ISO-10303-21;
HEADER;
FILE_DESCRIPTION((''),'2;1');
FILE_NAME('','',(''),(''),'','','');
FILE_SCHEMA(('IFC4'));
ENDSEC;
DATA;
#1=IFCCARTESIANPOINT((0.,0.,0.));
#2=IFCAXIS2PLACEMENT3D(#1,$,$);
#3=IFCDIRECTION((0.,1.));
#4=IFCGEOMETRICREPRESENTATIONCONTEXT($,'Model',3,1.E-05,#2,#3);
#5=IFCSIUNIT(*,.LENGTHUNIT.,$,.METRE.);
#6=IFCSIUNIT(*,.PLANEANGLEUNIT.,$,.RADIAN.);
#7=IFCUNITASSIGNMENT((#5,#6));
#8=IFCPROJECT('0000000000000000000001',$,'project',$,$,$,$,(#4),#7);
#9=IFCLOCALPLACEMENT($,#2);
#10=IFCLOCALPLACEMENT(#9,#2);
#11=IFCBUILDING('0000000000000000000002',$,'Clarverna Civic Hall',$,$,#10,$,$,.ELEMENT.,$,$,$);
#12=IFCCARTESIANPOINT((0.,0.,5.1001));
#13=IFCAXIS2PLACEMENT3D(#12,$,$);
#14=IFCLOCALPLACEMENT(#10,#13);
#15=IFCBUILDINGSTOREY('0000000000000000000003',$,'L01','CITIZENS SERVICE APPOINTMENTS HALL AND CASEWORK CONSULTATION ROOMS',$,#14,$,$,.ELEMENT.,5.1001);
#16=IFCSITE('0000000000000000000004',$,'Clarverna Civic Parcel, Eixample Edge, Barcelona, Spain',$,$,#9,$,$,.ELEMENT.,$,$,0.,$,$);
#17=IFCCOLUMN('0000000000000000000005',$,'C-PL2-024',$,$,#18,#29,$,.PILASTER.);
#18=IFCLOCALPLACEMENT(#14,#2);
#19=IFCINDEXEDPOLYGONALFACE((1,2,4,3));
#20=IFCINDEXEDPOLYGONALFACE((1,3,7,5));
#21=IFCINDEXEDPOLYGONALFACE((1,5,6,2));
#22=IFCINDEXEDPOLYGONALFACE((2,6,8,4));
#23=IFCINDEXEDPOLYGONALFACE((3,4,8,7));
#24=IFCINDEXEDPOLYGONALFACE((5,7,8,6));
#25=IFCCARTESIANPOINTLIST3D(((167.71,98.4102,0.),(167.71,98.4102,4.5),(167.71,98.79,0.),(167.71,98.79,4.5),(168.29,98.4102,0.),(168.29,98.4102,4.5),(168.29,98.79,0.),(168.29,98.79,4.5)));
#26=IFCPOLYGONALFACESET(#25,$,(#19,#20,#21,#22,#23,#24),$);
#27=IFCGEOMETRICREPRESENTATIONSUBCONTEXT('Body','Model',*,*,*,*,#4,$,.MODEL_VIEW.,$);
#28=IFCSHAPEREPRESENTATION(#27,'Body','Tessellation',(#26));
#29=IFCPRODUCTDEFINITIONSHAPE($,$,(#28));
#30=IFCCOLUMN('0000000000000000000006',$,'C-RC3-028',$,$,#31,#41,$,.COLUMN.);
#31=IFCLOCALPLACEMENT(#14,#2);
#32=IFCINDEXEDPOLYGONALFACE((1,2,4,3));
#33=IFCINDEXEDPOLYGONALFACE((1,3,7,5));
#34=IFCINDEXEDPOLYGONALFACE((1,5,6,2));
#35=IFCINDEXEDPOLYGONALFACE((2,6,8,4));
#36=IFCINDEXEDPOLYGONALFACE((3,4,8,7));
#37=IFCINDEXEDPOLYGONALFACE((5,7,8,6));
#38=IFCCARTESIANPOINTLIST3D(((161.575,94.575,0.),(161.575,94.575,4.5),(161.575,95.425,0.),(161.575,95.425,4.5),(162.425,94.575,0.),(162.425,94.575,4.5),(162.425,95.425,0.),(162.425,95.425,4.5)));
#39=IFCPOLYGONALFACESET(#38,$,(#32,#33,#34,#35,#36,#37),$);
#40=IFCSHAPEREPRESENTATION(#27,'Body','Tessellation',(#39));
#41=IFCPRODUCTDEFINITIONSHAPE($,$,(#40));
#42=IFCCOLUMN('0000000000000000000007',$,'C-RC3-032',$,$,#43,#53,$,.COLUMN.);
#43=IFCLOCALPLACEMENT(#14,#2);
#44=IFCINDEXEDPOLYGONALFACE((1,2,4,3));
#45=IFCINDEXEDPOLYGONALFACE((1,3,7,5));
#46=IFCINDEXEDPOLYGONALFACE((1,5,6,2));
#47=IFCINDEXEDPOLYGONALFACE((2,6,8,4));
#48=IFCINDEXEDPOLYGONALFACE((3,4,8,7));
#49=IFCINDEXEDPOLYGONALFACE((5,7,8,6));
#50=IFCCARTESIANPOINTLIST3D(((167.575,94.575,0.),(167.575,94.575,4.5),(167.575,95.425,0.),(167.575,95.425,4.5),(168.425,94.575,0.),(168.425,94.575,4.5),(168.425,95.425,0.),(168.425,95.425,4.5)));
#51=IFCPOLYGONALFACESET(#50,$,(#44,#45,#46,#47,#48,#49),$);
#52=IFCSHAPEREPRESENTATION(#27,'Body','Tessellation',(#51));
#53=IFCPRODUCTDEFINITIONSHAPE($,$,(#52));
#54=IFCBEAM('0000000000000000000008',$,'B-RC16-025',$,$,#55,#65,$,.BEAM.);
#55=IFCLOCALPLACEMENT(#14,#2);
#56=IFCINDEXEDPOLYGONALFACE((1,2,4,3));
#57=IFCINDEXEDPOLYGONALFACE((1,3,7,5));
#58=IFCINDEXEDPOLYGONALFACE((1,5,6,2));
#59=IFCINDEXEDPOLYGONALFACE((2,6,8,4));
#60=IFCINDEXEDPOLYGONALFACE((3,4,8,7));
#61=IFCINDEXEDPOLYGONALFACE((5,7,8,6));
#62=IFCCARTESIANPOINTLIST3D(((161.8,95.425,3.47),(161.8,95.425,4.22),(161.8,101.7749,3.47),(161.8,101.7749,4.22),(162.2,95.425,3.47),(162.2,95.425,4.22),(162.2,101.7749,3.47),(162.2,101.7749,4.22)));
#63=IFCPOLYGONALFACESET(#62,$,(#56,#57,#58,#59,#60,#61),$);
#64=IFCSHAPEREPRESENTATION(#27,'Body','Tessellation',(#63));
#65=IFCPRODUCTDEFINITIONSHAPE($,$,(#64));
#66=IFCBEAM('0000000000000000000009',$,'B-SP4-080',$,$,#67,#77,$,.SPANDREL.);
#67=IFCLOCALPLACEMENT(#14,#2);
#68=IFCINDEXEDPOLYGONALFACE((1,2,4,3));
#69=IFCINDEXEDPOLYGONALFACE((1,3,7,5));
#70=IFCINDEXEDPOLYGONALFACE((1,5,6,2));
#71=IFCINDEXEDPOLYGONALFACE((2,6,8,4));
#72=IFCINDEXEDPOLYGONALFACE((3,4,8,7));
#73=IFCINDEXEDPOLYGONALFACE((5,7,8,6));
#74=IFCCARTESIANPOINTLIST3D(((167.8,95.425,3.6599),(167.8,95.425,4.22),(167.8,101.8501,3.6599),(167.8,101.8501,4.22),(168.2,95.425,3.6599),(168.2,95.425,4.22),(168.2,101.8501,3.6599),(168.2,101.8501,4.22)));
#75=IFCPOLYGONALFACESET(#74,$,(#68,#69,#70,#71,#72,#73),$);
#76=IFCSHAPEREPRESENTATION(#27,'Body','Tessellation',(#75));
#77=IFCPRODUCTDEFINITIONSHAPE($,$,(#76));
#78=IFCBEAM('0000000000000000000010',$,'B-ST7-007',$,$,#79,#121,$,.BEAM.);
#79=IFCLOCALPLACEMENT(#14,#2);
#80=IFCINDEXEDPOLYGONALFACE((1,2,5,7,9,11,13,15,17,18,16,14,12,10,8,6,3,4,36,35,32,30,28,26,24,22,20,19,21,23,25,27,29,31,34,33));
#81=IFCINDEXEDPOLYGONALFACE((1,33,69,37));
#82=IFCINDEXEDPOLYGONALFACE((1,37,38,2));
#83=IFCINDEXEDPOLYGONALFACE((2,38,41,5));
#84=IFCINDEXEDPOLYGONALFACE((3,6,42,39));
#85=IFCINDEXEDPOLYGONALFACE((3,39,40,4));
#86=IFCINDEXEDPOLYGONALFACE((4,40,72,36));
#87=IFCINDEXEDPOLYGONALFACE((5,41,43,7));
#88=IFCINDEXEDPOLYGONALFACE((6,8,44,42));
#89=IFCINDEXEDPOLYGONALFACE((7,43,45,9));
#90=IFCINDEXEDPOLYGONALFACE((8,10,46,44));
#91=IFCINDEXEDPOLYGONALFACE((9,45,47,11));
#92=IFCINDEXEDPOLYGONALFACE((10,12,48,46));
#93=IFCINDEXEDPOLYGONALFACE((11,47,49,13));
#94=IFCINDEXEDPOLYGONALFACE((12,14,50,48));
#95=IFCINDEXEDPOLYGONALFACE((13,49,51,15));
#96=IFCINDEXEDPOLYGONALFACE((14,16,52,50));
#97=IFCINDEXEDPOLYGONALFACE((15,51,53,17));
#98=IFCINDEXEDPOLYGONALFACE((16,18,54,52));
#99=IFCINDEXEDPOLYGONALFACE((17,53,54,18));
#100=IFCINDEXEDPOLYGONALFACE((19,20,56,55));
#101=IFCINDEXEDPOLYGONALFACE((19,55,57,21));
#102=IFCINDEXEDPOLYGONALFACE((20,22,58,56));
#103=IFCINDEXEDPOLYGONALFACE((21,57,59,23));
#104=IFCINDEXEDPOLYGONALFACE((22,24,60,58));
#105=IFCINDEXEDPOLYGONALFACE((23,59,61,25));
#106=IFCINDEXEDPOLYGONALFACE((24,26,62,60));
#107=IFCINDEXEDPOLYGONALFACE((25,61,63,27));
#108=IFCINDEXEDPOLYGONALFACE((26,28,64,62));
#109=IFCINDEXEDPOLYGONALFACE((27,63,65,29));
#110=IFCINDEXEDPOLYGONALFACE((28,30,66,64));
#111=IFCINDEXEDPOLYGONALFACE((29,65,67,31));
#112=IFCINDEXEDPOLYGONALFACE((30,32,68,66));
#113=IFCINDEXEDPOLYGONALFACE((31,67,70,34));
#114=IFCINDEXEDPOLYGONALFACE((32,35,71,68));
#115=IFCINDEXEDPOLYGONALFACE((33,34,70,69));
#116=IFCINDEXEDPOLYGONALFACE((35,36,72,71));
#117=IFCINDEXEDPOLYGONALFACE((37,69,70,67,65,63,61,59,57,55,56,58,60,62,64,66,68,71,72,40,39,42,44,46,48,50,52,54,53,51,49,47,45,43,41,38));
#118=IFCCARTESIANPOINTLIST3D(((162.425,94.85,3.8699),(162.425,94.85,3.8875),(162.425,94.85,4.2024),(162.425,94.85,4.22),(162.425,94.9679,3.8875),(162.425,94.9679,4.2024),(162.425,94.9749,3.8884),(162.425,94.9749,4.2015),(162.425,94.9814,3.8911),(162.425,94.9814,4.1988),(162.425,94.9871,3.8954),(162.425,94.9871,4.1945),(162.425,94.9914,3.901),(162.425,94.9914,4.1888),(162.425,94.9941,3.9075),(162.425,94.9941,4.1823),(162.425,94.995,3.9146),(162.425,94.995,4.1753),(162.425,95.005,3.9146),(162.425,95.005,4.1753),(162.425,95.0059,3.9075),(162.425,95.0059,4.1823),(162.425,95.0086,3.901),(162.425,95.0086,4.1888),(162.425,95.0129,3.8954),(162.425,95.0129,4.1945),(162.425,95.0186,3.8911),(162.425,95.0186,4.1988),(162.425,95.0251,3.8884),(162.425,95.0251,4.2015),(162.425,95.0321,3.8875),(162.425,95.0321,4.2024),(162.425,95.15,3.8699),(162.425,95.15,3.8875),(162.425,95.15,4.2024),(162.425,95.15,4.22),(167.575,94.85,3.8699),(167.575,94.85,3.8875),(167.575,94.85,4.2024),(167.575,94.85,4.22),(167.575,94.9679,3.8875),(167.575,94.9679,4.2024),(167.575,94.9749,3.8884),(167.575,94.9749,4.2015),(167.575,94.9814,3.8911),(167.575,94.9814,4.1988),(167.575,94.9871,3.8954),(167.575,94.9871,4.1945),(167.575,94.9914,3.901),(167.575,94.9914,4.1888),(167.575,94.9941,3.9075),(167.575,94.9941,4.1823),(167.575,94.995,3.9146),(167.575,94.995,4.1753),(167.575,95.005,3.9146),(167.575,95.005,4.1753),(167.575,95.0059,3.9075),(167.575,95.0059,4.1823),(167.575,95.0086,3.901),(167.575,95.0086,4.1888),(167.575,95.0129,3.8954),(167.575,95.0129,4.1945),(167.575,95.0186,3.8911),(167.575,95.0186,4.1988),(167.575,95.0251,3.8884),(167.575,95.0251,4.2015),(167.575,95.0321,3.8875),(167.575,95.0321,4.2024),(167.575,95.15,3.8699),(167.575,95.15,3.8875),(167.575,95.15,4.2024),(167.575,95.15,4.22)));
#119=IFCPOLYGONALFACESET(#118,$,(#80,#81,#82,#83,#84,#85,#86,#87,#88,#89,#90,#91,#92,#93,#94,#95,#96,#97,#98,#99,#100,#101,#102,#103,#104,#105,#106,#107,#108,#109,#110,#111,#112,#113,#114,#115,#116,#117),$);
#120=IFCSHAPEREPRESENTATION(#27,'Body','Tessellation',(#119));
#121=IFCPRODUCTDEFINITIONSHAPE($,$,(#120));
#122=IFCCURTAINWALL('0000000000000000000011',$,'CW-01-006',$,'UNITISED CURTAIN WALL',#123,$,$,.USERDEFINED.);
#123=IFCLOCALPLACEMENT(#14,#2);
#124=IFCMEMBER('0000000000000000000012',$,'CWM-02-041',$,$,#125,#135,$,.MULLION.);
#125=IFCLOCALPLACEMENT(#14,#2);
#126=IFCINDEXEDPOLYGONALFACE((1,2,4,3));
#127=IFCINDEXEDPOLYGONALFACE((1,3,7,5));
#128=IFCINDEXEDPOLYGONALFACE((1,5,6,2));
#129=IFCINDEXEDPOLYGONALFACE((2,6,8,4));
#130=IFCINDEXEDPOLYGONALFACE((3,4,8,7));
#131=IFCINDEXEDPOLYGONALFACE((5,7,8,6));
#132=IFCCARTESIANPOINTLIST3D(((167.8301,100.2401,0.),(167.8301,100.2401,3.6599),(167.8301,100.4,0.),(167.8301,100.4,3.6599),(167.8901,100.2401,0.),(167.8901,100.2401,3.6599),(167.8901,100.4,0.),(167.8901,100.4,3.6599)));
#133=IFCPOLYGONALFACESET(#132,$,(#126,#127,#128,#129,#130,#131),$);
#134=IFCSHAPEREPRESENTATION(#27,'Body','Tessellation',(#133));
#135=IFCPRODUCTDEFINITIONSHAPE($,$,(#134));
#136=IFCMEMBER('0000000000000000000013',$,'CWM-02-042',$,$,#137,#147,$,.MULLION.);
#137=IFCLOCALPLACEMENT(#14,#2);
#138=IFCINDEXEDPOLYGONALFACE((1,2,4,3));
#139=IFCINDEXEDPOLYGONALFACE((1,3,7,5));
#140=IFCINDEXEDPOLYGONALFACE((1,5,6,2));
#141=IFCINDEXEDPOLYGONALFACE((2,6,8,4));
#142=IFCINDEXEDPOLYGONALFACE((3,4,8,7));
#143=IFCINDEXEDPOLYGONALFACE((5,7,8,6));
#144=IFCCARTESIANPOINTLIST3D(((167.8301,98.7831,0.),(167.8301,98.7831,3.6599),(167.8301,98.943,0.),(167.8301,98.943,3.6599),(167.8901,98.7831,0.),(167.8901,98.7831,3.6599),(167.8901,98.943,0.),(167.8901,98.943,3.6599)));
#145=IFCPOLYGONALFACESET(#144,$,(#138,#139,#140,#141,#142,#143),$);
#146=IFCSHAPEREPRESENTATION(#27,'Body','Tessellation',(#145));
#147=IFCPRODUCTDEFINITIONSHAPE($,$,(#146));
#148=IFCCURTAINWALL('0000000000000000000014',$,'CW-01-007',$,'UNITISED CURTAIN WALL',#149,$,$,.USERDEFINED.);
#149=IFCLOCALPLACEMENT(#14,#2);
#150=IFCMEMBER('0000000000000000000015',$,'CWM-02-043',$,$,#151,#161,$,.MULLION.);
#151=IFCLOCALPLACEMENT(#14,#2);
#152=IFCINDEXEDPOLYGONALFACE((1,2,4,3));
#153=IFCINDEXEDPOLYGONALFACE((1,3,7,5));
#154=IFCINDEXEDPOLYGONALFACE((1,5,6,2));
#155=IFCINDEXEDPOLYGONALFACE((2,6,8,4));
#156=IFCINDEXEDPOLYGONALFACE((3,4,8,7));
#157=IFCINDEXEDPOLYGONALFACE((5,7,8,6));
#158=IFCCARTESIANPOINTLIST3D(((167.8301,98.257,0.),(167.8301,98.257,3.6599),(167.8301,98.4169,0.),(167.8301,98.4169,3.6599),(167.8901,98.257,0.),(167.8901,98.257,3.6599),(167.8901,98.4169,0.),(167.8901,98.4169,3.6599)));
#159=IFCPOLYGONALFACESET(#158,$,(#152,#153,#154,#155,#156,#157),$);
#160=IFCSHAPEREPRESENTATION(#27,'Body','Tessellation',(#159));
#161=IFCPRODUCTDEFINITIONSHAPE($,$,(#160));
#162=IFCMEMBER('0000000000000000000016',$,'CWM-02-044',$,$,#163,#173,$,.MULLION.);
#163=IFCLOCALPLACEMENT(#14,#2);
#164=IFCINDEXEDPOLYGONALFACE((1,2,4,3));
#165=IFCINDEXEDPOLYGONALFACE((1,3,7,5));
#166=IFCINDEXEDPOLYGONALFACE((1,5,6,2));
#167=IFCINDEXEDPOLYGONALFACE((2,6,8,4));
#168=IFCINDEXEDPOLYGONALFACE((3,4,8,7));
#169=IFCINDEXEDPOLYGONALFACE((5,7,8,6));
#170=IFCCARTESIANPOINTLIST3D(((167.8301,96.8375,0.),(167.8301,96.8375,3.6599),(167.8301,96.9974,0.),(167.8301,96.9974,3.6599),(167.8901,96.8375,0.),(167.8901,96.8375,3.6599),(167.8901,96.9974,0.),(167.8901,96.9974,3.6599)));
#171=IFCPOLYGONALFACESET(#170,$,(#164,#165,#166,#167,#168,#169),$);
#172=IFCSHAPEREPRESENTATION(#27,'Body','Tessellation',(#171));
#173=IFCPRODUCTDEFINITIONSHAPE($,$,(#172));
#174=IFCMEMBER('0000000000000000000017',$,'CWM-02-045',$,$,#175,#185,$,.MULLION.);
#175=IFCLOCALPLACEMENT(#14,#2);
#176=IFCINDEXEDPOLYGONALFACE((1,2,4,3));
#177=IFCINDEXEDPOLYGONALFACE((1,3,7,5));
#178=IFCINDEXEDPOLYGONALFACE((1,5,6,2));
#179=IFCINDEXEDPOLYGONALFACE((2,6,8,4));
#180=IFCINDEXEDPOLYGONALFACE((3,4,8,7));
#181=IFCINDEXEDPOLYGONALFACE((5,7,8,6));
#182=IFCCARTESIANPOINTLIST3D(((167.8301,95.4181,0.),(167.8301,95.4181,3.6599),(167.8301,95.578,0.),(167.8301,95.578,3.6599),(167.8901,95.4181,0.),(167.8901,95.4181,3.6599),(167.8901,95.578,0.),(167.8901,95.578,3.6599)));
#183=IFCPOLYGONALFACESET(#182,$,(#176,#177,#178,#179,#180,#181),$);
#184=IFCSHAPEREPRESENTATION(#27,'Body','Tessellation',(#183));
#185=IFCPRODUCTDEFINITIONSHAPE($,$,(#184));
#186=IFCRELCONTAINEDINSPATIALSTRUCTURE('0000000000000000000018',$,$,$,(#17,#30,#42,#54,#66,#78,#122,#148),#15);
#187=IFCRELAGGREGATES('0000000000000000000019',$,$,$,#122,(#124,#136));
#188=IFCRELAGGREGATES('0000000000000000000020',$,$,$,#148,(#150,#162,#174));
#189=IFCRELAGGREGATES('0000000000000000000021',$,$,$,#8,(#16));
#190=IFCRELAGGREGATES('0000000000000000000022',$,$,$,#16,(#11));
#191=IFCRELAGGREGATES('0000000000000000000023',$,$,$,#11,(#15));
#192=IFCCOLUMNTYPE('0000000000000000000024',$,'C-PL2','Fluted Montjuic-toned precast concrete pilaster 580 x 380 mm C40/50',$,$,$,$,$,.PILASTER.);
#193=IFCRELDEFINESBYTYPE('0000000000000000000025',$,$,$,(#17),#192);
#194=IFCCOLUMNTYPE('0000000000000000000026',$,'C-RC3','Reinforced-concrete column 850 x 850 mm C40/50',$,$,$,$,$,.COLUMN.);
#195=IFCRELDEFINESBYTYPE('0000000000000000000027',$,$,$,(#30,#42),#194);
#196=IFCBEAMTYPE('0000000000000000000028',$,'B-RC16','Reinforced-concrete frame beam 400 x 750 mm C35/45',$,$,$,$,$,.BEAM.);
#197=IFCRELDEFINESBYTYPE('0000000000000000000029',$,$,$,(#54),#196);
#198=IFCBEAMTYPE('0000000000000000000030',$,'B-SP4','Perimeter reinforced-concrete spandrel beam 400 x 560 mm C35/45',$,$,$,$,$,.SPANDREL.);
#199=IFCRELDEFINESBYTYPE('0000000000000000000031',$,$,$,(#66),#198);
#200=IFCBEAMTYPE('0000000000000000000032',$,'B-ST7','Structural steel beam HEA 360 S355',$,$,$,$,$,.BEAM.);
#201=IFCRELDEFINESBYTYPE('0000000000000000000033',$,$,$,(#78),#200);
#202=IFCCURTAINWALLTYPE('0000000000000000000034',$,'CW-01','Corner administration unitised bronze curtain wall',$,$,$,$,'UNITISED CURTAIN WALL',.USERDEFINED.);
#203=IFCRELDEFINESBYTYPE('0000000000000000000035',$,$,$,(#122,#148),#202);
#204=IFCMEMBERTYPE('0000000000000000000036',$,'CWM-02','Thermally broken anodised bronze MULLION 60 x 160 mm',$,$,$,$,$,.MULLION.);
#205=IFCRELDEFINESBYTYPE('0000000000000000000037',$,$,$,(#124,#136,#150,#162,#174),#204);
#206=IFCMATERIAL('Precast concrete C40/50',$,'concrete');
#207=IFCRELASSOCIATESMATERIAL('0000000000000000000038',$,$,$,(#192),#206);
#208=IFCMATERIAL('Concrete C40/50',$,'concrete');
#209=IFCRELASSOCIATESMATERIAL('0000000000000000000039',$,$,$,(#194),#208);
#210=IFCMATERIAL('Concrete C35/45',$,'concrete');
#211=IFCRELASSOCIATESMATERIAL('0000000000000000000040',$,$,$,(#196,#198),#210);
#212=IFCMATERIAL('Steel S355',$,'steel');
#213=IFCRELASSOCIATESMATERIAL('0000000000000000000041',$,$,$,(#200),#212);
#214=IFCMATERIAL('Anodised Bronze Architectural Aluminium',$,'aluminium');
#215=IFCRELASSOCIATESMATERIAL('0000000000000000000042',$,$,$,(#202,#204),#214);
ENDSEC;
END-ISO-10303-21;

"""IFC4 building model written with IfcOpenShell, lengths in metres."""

from ifc_helpers import new_model, si_unit, direction, frame, origin, origin_2d, place, context, subcontext, project, spatial, rectangle, i_section, extrude, material, material_profile, profile_set, type_object, element, aggregate, save


model = new_model("IFC4")

# Units and contexts
model_context = context("Model", 3, precision=1e-05, world=origin(), true_north=direction((0.0, 1.0)))
body_context = subcontext(model_context, "Body", "Model", "MODEL_VIEW")
ifc_project = project(units=[si_unit("LENGTHUNIT", "METRE"), si_unit("PLANEANGLEUNIT", "RADIAN")], contexts=[model_context])

# Site, building, storey
site_placement = place(None, origin())
site = spatial("IfcSite", under=ifc_project, at=site_placement, Name="Clarverna Civic Parcel, Eixample Edge, Barcelona, Spain", CompositionType="ELEMENT", RefElevation=0.0)
building_placement = place(site_placement, origin())
building = spatial("IfcBuilding", under=site, at=building_placement, Name="Clarverna Civic Hall", CompositionType="ELEMENT")
storey_placement = place(building_placement, frame((0.0, 0.0, 5.1001)))
storey = spatial("IfcBuildingStorey", under=building, at=storey_placement, Name="L01", Description="CITIZENS SERVICE APPOINTMENTS HALL AND CASEWORK CONSULTATION ROOMS", CompositionType="ELEMENT", Elevation=5.1001)

# Columns
ifc_material_1 = material(Name="Precast concrete C40/50", Category="concrete")
ifc_material_profile_1 = material_profile(ifc_material_1, rectangle(XDim=0.5801, YDim=0.3799, at=origin_2d()), Name="PILASTER 580x380")
ifc_profile_set_1 = profile_set([ifc_material_profile_1], Name="Precast concrete C40/50")
column_type_1 = type_object("IfcColumnType", Name="C-PL2", Description="Fluted Montjuic-toned precast concrete pilaster 580 x 380 mm C40/50", PredefinedType="PILASTER", material=ifc_profile_set_1)
column_placement = place(storey_placement, frame((168.0, 98.6001, 0.0), z_axis=(0.0, 0.0, 1.0), x_axis=(1.0, 0.0, 0.0)))
element("IfcColumn", 1, at=column_placement, inside=storey, type_object=column_type_1, Name="C-PL2-024", PredefinedType="PILASTER", context=body_context, shape_type="SweptSolid", body=[
    extrude(rectangle(XDim=0.5801, YDim=0.3799, at=origin_2d()), origin(), (0.0, 0.0, 1.0), 4.5),
])
ifc_material_2 = material(Name="Concrete C40/50", Category="concrete")
ifc_material_profile_2 = material_profile(ifc_material_2, rectangle(XDim=0.8501, YDim=0.8501, at=origin_2d()), Name="RC 850x850")
ifc_profile_set_2 = profile_set([ifc_material_profile_2], Name="Concrete C40/50")
column_type_2 = type_object("IfcColumnType", Name="C-RC3", Description="Reinforced-concrete column 850 x 850 mm C40/50", PredefinedType="COLUMN", material=ifc_profile_set_2)
for number, where, z_axis, x_axis, name in (
    (2, (162.0, 95.0, 0.0), (0.0, 0.0, 1.0), (1.0, 0.0, 0.0), "C-RC3-028"),
    (3, (168.0, 95.0, 0.0), (0.0, 0.0, 1.0), (1.0, 0.0, 0.0), "C-RC3-032"),
):
    element("IfcColumn", number, at=place(storey_placement, frame(where, z_axis=z_axis, x_axis=x_axis)), inside=storey, type_object=column_type_2, Name=name, PredefinedType="COLUMN", context=body_context, shape_type="SweptSolid", body=[
        extrude(rectangle(XDim=0.8501, YDim=0.8501, at=origin_2d()), origin(), (0.0, 0.0, 1.0), 4.5),
    ])

# Beams
ifc_material_3 = material(Name="Concrete C35/45", Category="concrete")
ifc_material_profile_3 = material_profile(ifc_material_3, rectangle(XDim=0.3999, YDim=0.75, at=origin_2d()), Name="RC 400x750")
ifc_profile_set_3 = profile_set([ifc_material_profile_3], Name="Concrete C35/45")
beam_type_1 = type_object("IfcBeamType", Name="B-RC16", Description="Reinforced-concrete frame beam 400 x 750 mm C35/45", PredefinedType="BEAM", material=ifc_profile_set_3)
beam_1_placement = place(storey_placement, frame((162.0, 95.425, 3.845), z_axis=(0.0, 1.0, 0.0), x_axis=(-1.0, 0.0, 0.0)))
element("IfcBeam", 4, at=beam_1_placement, inside=storey, type_object=beam_type_1, Name="B-RC16-025", PredefinedType="BEAM", context=body_context, shape_type="SweptSolid", body=[
    extrude(rectangle(XDim=0.3999, YDim=0.75, at=origin_2d()), origin(), (0.0, 0.0, 1.0), 6.3499),
])
ifc_material_profile_4 = material_profile(ifc_material_3, rectangle(XDim=0.3999, YDim=0.5601, at=origin_2d()), Name="RC 400x560")
ifc_profile_set_4 = profile_set([ifc_material_profile_4], Name="Concrete C35/45")
beam_type_2 = type_object("IfcBeamType", Name="B-SP4", Description="Perimeter reinforced-concrete spandrel beam 400 x 560 mm C35/45", PredefinedType="SPANDREL", material=ifc_profile_set_4)
beam_2_placement = place(storey_placement, frame((168.0, 95.425, 3.9399), z_axis=(0.0, 1.0, 0.0), x_axis=(-1.0, 0.0, 0.0)))
element("IfcBeam", 5, at=beam_2_placement, inside=storey, type_object=beam_type_2, Name="B-SP4-080", PredefinedType="SPANDREL", context=body_context, shape_type="SweptSolid", body=[
    extrude(rectangle(XDim=0.3999, YDim=0.5601, at=origin_2d()), origin(), (0.0, 0.0, 1.0), 6.425),
])
ifc_material_4 = material(Name="Steel S355", Category="steel")
ifc_material_profile_5 = material_profile(ifc_material_4, i_section(OverallWidth=0.3, OverallDepth=0.3501, WebThickness=0.01, FlangeThickness=0.0176, FilletRadius=0.0271, at=origin_2d()), Name="HEA 360")
ifc_profile_set_5 = profile_set([ifc_material_profile_5], Name="Steel S355")
beam_type_3 = type_object("IfcBeamType", Name="B-ST7", Description="Structural steel beam HEA 360 S355", PredefinedType="BEAM", material=ifc_profile_set_5)
beam_3_placement = place(storey_placement, frame((162.425, 95.0, 4.0449), z_axis=(1.0, 0.0, 0.0), x_axis=(0.0, 1.0, 0.0)))
element("IfcBeam", 6, at=beam_3_placement, inside=storey, type_object=beam_type_3, Name="B-ST7-007", PredefinedType="BEAM", context=body_context, shape_type="SweptSolid", body=[
    extrude(i_section(OverallWidth=0.3, OverallDepth=0.3501, WebThickness=0.01, FlangeThickness=0.0176, FilletRadius=0.0271, at=origin_2d()), origin(), (0.0, 0.0, 1.0), 5.1499),
])

# Curtain walls, members
ifc_material_5 = material(Name="Anodised Bronze Architectural Aluminium", Category="aluminium")
curtain_wall_type = type_object("IfcCurtainWallType", Name="CW-01", Description="Corner administration unitised bronze curtain wall", ElementType="UNITISED CURTAIN WALL", PredefinedType="USERDEFINED", material=ifc_material_5)
curtain_wall_1_placement = place(storey_placement, origin())
curtain_wall_1 = element("IfcCurtainWall", 7, at=curtain_wall_1_placement, inside=storey, type_object=curtain_wall_type, Name="CW-01-006", ObjectType="UNITISED CURTAIN WALL", PredefinedType="USERDEFINED")
ifc_material_profile_6 = material_profile(ifc_material_5, rectangle(XDim=0.0601, YDim=0.1599, at=origin_2d()), Name="BRONZE 60x160")
ifc_profile_set_6 = profile_set([ifc_material_profile_6], Name="Anodised Bronze Architectural Aluminium")
member_type_1 = type_object("IfcMemberType", Name="CWM-02", Description="Thermally broken anodised bronze MULLION 60 x 160 mm", PredefinedType="MULLION", material=ifc_profile_set_6)
member_1_placement = place(storey_placement, frame((167.8601, 100.3201, 0.0), z_axis=(0.0, 0.0, 1.0), x_axis=(1.0, 0.0, 0.0)))
member_1 = element("IfcMember", 8, at=member_1_placement, type_object=member_type_1, Name="CWM-02-041", PredefinedType="MULLION", context=body_context, shape_type="SweptSolid", body=[
    extrude(rectangle(XDim=0.0601, YDim=0.1599, at=origin_2d()), origin(), (0.0, 0.0, 1.0), 3.6599),
])
member_2_placement = place(storey_placement, frame((167.8601, 98.863, 0.0), z_axis=(0.0, 0.0, 1.0), x_axis=(1.0, 0.0, 0.0)))
member_2 = element("IfcMember", 9, at=member_2_placement, type_object=member_type_1, Name="CWM-02-042", PredefinedType="MULLION", context=body_context, shape_type="SweptSolid", body=[
    extrude(rectangle(XDim=0.0601, YDim=0.1599, at=origin_2d()), origin(), (0.0, 0.0, 1.0), 3.6599),
])
curtain_wall_2_placement = place(storey_placement, origin())
curtain_wall_2 = element("IfcCurtainWall", 10, at=curtain_wall_2_placement, inside=storey, type_object=curtain_wall_type, Name="CW-01-007", ObjectType="UNITISED CURTAIN WALL", PredefinedType="USERDEFINED")
member_3_placement = place(storey_placement, frame((167.8601, 98.3369, 0.0), z_axis=(0.0, 0.0, 1.0), x_axis=(1.0, 0.0, 0.0)))
member_3 = element("IfcMember", 11, at=member_3_placement, type_object=member_type_1, Name="CWM-02-043", PredefinedType="MULLION", context=body_context, shape_type="SweptSolid", body=[
    extrude(rectangle(XDim=0.0601, YDim=0.1599, at=origin_2d()), origin(), (0.0, 0.0, 1.0), 3.6599),
])
member_4_placement = place(storey_placement, frame((167.8601, 96.9175, 0.0), z_axis=(0.0, 0.0, 1.0), x_axis=(1.0, 0.0, 0.0)))
member_4 = element("IfcMember", 12, at=member_4_placement, type_object=member_type_1, Name="CWM-02-044", PredefinedType="MULLION", context=body_context, shape_type="SweptSolid", body=[
    extrude(rectangle(XDim=0.0601, YDim=0.1599, at=origin_2d()), origin(), (0.0, 0.0, 1.0), 3.6599),
])
member_5_placement = place(storey_placement, frame((167.8601, 95.498, 0.0), z_axis=(0.0, 0.0, 1.0), x_axis=(1.0, 0.0, 0.0)))
member_5 = element("IfcMember", 13, at=member_5_placement, type_object=member_type_1, Name="CWM-02-045", PredefinedType="MULLION", context=body_context, shape_type="SweptSolid", body=[
    extrude(rectangle(XDim=0.0601, YDim=0.1599, at=origin_2d()), origin(), (0.0, 0.0, 1.0), 3.6599),
])

aggregate(curtain_wall_1, [member_1, member_2])
aggregate(curtain_wall_2, [member_3, member_4, member_5])

save(model, "model.ifc")
